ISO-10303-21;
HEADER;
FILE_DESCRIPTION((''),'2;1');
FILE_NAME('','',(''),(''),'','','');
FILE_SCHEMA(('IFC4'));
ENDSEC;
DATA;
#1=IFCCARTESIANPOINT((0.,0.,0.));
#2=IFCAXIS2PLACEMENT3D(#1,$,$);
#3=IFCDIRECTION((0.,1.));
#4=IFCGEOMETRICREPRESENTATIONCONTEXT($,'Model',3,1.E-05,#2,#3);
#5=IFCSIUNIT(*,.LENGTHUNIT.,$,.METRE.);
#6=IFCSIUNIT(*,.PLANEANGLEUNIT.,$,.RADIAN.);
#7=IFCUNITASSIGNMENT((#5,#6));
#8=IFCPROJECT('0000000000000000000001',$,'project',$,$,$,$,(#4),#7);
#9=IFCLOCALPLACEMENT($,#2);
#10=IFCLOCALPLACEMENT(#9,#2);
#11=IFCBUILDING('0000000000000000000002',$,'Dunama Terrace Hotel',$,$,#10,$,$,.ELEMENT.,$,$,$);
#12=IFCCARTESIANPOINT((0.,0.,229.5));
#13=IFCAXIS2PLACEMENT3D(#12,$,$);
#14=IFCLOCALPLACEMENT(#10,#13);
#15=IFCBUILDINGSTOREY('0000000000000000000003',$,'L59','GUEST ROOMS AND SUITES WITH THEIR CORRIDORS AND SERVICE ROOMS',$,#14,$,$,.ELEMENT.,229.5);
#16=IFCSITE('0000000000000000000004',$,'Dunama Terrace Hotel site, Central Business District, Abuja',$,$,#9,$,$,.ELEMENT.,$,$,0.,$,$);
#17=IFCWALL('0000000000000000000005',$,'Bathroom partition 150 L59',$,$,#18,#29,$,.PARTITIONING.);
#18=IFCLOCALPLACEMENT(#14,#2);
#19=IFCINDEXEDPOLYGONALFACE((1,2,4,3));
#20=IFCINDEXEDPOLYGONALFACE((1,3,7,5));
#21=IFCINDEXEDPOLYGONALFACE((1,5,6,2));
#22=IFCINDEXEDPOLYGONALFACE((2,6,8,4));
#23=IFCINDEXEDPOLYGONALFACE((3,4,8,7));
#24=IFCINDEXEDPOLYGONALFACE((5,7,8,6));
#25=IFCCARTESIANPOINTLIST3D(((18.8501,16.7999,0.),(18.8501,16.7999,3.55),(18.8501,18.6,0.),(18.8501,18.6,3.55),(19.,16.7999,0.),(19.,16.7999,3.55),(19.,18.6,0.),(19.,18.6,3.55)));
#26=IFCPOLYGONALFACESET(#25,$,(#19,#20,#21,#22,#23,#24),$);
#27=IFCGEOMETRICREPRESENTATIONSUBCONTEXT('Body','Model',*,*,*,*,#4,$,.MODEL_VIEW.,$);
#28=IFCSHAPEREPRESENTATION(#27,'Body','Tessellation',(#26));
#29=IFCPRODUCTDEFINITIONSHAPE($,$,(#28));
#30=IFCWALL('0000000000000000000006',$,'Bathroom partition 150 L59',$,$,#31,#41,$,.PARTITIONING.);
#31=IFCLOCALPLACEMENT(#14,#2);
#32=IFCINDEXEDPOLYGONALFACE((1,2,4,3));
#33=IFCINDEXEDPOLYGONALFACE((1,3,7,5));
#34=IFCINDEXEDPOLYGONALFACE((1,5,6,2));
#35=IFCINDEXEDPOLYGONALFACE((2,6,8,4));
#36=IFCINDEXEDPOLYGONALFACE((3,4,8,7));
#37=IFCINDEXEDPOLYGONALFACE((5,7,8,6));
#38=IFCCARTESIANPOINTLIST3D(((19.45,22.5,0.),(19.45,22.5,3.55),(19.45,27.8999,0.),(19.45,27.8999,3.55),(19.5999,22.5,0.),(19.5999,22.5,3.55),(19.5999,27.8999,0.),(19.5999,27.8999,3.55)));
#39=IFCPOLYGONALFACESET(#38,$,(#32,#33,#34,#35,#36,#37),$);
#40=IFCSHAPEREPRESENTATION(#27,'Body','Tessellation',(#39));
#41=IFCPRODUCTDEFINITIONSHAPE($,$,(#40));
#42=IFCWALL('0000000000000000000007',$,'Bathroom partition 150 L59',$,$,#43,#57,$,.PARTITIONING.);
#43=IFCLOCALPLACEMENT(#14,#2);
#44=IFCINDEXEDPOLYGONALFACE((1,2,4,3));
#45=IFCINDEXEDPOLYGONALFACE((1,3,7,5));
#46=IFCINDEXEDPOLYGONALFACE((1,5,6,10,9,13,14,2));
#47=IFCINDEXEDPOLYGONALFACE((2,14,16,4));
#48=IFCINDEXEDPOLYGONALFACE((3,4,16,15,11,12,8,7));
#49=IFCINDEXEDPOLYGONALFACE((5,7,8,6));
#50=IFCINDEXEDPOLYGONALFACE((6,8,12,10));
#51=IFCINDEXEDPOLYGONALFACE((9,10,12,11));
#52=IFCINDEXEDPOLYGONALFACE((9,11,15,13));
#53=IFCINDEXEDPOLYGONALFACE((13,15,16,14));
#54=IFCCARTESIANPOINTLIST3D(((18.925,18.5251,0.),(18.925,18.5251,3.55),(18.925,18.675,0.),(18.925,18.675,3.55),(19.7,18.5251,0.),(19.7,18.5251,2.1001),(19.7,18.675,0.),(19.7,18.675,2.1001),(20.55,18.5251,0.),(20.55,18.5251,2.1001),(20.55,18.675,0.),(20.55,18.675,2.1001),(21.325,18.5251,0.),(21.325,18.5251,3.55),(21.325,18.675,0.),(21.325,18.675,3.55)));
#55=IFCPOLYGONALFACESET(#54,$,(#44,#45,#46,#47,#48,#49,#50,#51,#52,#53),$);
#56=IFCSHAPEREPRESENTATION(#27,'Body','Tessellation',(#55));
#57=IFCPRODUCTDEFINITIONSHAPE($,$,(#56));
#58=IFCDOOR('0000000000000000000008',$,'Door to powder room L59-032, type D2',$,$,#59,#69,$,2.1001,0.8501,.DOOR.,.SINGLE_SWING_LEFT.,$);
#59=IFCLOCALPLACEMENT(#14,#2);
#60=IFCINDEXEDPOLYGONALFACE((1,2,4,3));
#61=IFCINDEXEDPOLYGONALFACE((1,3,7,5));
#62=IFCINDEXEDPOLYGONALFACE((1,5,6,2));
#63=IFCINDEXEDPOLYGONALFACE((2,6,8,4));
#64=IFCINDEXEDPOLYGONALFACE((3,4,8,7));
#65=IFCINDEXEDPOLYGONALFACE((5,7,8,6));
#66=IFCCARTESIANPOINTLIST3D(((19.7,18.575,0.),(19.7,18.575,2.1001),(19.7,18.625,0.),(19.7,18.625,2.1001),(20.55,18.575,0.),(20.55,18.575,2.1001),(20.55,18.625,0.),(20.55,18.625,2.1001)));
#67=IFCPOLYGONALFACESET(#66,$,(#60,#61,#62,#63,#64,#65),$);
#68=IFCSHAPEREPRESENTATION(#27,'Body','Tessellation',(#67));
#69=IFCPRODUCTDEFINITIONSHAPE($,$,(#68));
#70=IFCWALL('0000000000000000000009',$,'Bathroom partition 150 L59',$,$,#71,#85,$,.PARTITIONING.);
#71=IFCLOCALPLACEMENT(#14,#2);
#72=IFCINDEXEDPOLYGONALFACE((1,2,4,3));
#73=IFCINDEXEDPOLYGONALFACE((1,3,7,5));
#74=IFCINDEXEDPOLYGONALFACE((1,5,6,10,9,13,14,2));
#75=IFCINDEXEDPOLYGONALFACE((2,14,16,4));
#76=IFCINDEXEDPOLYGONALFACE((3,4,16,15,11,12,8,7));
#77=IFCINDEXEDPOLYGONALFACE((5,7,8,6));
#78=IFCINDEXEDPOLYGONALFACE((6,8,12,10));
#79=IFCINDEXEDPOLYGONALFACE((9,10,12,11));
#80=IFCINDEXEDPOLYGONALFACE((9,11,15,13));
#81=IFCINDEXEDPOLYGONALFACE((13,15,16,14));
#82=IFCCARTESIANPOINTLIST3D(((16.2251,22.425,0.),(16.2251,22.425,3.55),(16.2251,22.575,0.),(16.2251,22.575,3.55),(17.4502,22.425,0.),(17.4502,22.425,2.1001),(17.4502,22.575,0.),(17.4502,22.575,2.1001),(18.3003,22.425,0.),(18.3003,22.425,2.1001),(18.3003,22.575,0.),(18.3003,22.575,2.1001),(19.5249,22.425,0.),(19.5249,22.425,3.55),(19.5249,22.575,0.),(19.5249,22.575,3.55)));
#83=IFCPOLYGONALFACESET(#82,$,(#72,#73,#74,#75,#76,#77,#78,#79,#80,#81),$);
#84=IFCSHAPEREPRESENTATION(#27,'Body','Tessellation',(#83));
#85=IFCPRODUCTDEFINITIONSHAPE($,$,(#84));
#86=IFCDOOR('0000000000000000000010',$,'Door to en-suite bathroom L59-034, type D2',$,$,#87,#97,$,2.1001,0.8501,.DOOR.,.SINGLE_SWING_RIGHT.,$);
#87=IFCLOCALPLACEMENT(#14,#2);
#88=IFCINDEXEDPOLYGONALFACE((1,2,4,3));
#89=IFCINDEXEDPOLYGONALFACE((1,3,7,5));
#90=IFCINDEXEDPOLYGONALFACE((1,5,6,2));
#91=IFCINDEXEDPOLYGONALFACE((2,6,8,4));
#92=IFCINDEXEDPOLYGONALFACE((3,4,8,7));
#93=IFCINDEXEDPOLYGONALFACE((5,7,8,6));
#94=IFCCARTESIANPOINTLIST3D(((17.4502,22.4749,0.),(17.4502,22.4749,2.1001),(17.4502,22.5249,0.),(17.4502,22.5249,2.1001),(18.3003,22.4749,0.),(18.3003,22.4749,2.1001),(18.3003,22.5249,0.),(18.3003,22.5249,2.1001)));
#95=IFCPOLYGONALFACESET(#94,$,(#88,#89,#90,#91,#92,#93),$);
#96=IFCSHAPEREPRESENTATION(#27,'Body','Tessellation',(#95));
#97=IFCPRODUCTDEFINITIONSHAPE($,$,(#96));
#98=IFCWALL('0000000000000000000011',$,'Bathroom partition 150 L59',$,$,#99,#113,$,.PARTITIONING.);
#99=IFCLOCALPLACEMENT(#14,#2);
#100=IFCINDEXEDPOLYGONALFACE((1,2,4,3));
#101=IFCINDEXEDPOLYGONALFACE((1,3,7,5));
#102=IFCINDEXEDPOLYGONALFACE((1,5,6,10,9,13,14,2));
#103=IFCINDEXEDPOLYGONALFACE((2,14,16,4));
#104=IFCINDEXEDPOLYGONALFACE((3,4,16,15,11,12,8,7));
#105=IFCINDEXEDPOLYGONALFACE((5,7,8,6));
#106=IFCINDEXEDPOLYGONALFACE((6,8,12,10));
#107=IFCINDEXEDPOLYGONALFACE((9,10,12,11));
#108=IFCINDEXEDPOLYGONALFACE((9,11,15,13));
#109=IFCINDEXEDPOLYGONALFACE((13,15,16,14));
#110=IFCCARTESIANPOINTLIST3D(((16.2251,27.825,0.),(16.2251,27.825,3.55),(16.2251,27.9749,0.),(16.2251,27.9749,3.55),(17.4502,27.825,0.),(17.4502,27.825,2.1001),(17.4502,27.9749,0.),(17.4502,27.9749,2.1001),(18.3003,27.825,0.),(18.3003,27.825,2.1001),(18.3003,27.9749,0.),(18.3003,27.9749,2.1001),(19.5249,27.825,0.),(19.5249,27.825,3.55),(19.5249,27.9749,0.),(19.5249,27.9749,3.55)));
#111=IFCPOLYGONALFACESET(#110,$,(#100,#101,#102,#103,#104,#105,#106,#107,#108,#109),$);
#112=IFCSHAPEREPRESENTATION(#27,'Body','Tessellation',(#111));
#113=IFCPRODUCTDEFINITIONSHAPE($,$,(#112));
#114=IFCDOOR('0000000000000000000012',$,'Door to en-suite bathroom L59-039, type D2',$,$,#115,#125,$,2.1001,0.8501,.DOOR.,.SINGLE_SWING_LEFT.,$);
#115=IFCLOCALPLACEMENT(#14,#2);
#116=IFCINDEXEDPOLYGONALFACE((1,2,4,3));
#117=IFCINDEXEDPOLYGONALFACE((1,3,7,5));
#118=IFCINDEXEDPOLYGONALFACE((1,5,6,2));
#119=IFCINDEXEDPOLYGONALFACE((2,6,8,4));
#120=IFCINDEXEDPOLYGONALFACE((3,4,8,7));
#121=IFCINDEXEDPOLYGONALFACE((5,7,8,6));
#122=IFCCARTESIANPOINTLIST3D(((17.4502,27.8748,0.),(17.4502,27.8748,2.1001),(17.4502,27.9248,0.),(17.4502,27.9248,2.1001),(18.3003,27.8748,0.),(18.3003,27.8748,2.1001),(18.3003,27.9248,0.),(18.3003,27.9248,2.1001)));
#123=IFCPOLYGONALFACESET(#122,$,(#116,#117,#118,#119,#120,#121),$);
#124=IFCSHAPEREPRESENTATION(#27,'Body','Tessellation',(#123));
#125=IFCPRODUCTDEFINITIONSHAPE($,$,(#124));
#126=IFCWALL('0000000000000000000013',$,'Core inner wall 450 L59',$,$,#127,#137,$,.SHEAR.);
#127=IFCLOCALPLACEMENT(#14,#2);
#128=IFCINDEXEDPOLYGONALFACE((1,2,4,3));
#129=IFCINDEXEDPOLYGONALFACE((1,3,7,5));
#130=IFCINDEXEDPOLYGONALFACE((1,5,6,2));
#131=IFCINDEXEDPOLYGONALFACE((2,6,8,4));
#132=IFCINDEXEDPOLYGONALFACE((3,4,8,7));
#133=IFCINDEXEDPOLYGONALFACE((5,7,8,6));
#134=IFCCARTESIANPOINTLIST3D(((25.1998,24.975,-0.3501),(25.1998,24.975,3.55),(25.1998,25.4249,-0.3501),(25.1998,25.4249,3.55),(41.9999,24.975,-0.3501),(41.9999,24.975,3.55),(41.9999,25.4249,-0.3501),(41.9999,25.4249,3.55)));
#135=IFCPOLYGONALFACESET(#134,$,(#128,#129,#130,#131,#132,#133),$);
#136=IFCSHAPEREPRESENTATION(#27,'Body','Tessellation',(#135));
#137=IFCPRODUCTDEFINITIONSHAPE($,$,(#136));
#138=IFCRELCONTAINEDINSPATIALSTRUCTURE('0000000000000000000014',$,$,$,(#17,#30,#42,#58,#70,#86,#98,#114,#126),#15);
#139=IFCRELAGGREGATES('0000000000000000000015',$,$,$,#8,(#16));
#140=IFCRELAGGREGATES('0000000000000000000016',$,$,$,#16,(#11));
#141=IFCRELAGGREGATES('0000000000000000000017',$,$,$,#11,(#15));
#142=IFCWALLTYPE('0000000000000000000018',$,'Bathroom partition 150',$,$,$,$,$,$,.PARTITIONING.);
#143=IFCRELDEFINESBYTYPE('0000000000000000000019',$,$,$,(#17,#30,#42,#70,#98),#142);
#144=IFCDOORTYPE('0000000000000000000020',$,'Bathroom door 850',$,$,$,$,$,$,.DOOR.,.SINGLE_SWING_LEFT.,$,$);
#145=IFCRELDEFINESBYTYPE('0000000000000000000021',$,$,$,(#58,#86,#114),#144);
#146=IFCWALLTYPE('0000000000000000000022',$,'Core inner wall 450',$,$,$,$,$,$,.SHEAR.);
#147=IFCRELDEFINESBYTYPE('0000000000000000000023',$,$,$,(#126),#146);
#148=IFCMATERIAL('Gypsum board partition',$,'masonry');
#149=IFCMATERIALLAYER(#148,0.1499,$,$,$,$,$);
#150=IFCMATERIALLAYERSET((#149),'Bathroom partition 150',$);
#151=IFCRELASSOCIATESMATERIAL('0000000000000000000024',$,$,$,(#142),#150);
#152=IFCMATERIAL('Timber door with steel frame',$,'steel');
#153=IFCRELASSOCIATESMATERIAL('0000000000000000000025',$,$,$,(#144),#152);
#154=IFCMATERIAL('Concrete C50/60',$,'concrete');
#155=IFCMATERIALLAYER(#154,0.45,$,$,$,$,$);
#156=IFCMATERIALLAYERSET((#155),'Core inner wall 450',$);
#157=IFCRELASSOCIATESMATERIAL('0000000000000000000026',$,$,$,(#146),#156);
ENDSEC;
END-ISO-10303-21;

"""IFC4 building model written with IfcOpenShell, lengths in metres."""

from ifc_helpers import new_model, si_unit, direction, frame, frame_2d, origin, place, context, subcontext, project, spatial, rectangle, extrude, material, layer, layer_set, type_object, element, fill, save


model = new_model("IFC4")

# Units and contexts
model_context = context("Model", 3, precision=1e-05, world=origin(), true_north=direction((0.0, 1.0)))
body_context = subcontext(model_context, "Body", "Model", "MODEL_VIEW")
ifc_project = project(units=[si_unit("LENGTHUNIT", "METRE"), si_unit("PLANEANGLEUNIT", "RADIAN")], contexts=[model_context])

# Site, building, storey
site_placement = place(None, origin())
site = spatial("IfcSite", under=ifc_project, at=site_placement, Name="Dunama Terrace Hotel site, Central Business District, Abuja", CompositionType="ELEMENT", RefElevation=0.0)
building_placement = place(site_placement, origin())
building = spatial("IfcBuilding", under=site, at=building_placement, Name="Dunama Terrace Hotel", CompositionType="ELEMENT")
storey_placement = place(building_placement, frame((0.0, 0.0, 229.5)))
storey = spatial("IfcBuildingStorey", under=building, at=storey_placement, Name="L59", Description="GUEST ROOMS AND SUITES WITH THEIR CORRIDORS AND SERVICE ROOMS", CompositionType="ELEMENT", Elevation=229.5)

# Walls
ifc_material_1 = material(Name="Gypsum board partition", Category="masonry")
ifc_layer_1 = layer(ifc_material_1, 0.1499)
ifc_layer_set_1 = layer_set([ifc_layer_1], Name="Bathroom partition 150")
wall_type_1 = type_object("IfcWallType", Name="Bathroom partition 150", PredefinedType="PARTITIONING", material=ifc_layer_set_1)
wall_1_placement = place(storey_placement, frame((18.925, 16.8, 0.0), z_axis=(0.0, 0.0, 1.0), x_axis=(0.0, 1.0, 0.0)))
element("IfcWall", 1, at=wall_1_placement, inside=storey, type_object=wall_type_1, Name="Bathroom partition 150 L59", PredefinedType="PARTITIONING", context=body_context, shape_type="SweptSolid", body=[
    extrude(rectangle(XDim=1.8, YDim=0.1499, at=frame_2d((0.8999, 0.0))), origin(), (0.0, 0.0, 1.0), 3.55),
])
wall_2_placement = place(storey_placement, frame((19.5249, 22.5, 0.0), z_axis=(0.0, 0.0, 1.0), x_axis=(0.0, 1.0, 0.0)))
element("IfcWall", 2, at=wall_2_placement, inside=storey, type_object=wall_type_1, Name="Bathroom partition 150 L59", PredefinedType="PARTITIONING", context=body_context, shape_type="SweptSolid", body=[
    extrude(rectangle(XDim=5.3999, YDim=0.1499, at=frame_2d((2.7, 0.0))), origin(), (0.0, 0.0, 1.0), 3.55),
])

# Walls, openings, doors
wall_3_placement = place(storey_placement, frame((18.925, 18.6001, 0.0), z_axis=(0.0, 0.0, 1.0), x_axis=(1.0, 0.0, 0.0)))
wall_3 = element("IfcWall", 3, at=wall_3_placement, inside=storey, type_object=wall_type_1, Name="Bathroom partition 150 L59", PredefinedType="PARTITIONING", context=body_context, shape_type="SweptSolid", body=[
    extrude(rectangle(XDim=2.3999, YDim=0.1499, at=frame_2d((1.2, 0.0))), origin(), (0.0, 0.0, 1.0), 3.55),
])
opening_1_placement = place(wall_3_placement, frame((0.7749, 0.0, 0.0)))
opening_1 = element("IfcOpeningElement", 4, at=opening_1_placement, cuts=wall_3, PredefinedType="OPENING", context=body_context, shape_type="SweptSolid", body=[
    extrude(rectangle(XDim=0.8501, YDim=2.1001, at=frame_2d((0.425, 1.05))), frame((0.0, 0.085, 0.0), z_axis=(0.0, -1.0, 0.0), x_axis=(1.0, 0.0, 0.0)), (0.0, 0.0, 1.0), 0.1699),
])
ifc_material_2 = material(Name="Timber door with steel frame", Category="steel")
door_type_1 = type_object("IfcDoorType", Name="Bathroom door 850", OperationType="SINGLE_SWING_LEFT", PredefinedType="DOOR", material=ifc_material_2)
door_1_placement = place(opening_1_placement, frame((0.8501, 0.0, 0.0), z_axis=(0.0, 0.0, 1.0), x_axis=(-1.0, 0.0, 0.0)))
door_1 = element("IfcDoor", 5, at=door_1_placement, inside=storey, type_object=door_type_1, Name="Door to powder room L59-032, type D2", OperationType="SINGLE_SWING_LEFT", OverallHeight=2.1001, OverallWidth=0.8501, PredefinedType="DOOR", context=body_context, shape_type="SweptSolid", body=[
    extrude(rectangle(XDim=0.8501, YDim=2.1001, at=frame_2d((0.425, 1.05))), frame((0.0, 0.0251, 0.0), z_axis=(0.0, -1.0, 0.0), x_axis=(1.0, 0.0, 0.0)), (0.0, 0.0, 1.0), 0.05),
])
fill(opening_1, door_1)
wall_4_placement = place(storey_placement, frame((16.2251, 22.5, 0.0), z_axis=(0.0, 0.0, 1.0), x_axis=(1.0, 0.0, 0.0)))
wall_4 = element("IfcWall", 6, at=wall_4_placement, inside=storey, type_object=wall_type_1, Name="Bathroom partition 150 L59", PredefinedType="PARTITIONING", context=body_context, shape_type="SweptSolid", body=[
    extrude(rectangle(XDim=3.2998, YDim=0.1499, at=frame_2d((1.6499, 0.0))), origin(), (0.0, 0.0, 1.0), 3.55),
])
opening_2_placement = place(wall_4_placement, frame((1.2251, 0.0, 0.0)))
opening_2 = element("IfcOpeningElement", 7, at=opening_2_placement, cuts=wall_4, PredefinedType="OPENING", context=body_context, shape_type="SweptSolid", body=[
    extrude(rectangle(XDim=0.8501, YDim=2.1001, at=frame_2d((0.425, 1.05))), frame((0.0, 0.085, 0.0), z_axis=(0.0, -1.0, 0.0), x_axis=(1.0, 0.0, 0.0)), (0.0, 0.0, 1.0), 0.1699),
])
door_2_placement = place(opening_2_placement, origin())
door_2 = element("IfcDoor", 8, at=door_2_placement, inside=storey, type_object=door_type_1, Name="Door to en-suite bathroom L59-034, type D2", OperationType="SINGLE_SWING_RIGHT", OverallHeight=2.1001, OverallWidth=0.8501, PredefinedType="DOOR", context=body_context, shape_type="SweptSolid", body=[
    extrude(rectangle(XDim=0.8501, YDim=2.1001, at=frame_2d((0.425, 1.05))), frame((0.0, 0.0249, 0.0), z_axis=(0.0, -1.0, 0.0), x_axis=(1.0, 0.0, 0.0)), (0.0, 0.0, 1.0), 0.05),
])
fill(opening_2, door_2)
wall_5_placement = place(storey_placement, frame((16.2251, 27.8999, 0.0), z_axis=(0.0, 0.0, 1.0), x_axis=(1.0, 0.0, 0.0)))
wall_5 = element("IfcWall", 9, at=wall_5_placement, inside=storey, type_object=wall_type_1, Name="Bathroom partition 150 L59", PredefinedType="PARTITIONING", context=body_context, shape_type="SweptSolid", body=[
    extrude(rectangle(XDim=3.2998, YDim=0.1499, at=frame_2d((1.6499, 0.0))), origin(), (0.0, 0.0, 1.0), 3.55),
])
opening_3_placement = place(wall_5_placement, frame((1.2251, 0.0, 0.0)))
opening_3 = element("IfcOpeningElement", 10, at=opening_3_placement, cuts=wall_5, PredefinedType="OPENING", context=body_context, shape_type="SweptSolid", body=[
    extrude(rectangle(XDim=0.8501, YDim=2.1001, at=frame_2d((0.425, 1.05))), frame((0.0, 0.085, 0.0), z_axis=(0.0, -1.0, 0.0), x_axis=(1.0, 0.0, 0.0)), (0.0, 0.0, 1.0), 0.1699),
])
door_3_placement = place(opening_3_placement, frame((0.8501, 0.0, 0.0), z_axis=(0.0, 0.0, 1.0), x_axis=(-1.0, 0.0, 0.0)))
door_3 = element("IfcDoor", 11, at=door_3_placement, inside=storey, type_object=door_type_1, Name="Door to en-suite bathroom L59-039, type D2", OperationType="SINGLE_SWING_LEFT", OverallHeight=2.1001, OverallWidth=0.8501, PredefinedType="DOOR", context=body_context, shape_type="SweptSolid", body=[
    extrude(rectangle(XDim=0.8501, YDim=2.1001, at=frame_2d((0.425, 1.05))), frame((0.0, 0.0251, 0.0), z_axis=(0.0, -1.0, 0.0), x_axis=(1.0, 0.0, 0.0)), (0.0, 0.0, 1.0), 0.05),
])
fill(opening_3, door_3)

# Wall
ifc_material_3 = material(Name="Concrete C50/60", Category="concrete")
ifc_layer_2 = layer(ifc_material_3, 0.45)
ifc_layer_set_2 = layer_set([ifc_layer_2], Name="Core inner wall 450")
wall_type_2 = type_object("IfcWallType", Name="Core inner wall 450", PredefinedType="SHEAR", material=ifc_layer_set_2)
wall_6_placement = place(storey_placement, frame((25.2, 25.2, -0.3501), z_axis=(0.0, 0.0, 1.0), x_axis=(1.0, 0.0, 0.0)))
element("IfcWall", 12, at=wall_6_placement, inside=storey, type_object=wall_type_2, Name="Core inner wall 450 L59", PredefinedType="SHEAR", context=body_context, shape_type="SweptSolid", body=[
    extrude(rectangle(XDim=16.8, YDim=0.45, at=frame_2d((8.3999, 0.0))), origin(), (0.0, 0.0, 1.0), 3.9001),
])

save(model, "model.ifc")
